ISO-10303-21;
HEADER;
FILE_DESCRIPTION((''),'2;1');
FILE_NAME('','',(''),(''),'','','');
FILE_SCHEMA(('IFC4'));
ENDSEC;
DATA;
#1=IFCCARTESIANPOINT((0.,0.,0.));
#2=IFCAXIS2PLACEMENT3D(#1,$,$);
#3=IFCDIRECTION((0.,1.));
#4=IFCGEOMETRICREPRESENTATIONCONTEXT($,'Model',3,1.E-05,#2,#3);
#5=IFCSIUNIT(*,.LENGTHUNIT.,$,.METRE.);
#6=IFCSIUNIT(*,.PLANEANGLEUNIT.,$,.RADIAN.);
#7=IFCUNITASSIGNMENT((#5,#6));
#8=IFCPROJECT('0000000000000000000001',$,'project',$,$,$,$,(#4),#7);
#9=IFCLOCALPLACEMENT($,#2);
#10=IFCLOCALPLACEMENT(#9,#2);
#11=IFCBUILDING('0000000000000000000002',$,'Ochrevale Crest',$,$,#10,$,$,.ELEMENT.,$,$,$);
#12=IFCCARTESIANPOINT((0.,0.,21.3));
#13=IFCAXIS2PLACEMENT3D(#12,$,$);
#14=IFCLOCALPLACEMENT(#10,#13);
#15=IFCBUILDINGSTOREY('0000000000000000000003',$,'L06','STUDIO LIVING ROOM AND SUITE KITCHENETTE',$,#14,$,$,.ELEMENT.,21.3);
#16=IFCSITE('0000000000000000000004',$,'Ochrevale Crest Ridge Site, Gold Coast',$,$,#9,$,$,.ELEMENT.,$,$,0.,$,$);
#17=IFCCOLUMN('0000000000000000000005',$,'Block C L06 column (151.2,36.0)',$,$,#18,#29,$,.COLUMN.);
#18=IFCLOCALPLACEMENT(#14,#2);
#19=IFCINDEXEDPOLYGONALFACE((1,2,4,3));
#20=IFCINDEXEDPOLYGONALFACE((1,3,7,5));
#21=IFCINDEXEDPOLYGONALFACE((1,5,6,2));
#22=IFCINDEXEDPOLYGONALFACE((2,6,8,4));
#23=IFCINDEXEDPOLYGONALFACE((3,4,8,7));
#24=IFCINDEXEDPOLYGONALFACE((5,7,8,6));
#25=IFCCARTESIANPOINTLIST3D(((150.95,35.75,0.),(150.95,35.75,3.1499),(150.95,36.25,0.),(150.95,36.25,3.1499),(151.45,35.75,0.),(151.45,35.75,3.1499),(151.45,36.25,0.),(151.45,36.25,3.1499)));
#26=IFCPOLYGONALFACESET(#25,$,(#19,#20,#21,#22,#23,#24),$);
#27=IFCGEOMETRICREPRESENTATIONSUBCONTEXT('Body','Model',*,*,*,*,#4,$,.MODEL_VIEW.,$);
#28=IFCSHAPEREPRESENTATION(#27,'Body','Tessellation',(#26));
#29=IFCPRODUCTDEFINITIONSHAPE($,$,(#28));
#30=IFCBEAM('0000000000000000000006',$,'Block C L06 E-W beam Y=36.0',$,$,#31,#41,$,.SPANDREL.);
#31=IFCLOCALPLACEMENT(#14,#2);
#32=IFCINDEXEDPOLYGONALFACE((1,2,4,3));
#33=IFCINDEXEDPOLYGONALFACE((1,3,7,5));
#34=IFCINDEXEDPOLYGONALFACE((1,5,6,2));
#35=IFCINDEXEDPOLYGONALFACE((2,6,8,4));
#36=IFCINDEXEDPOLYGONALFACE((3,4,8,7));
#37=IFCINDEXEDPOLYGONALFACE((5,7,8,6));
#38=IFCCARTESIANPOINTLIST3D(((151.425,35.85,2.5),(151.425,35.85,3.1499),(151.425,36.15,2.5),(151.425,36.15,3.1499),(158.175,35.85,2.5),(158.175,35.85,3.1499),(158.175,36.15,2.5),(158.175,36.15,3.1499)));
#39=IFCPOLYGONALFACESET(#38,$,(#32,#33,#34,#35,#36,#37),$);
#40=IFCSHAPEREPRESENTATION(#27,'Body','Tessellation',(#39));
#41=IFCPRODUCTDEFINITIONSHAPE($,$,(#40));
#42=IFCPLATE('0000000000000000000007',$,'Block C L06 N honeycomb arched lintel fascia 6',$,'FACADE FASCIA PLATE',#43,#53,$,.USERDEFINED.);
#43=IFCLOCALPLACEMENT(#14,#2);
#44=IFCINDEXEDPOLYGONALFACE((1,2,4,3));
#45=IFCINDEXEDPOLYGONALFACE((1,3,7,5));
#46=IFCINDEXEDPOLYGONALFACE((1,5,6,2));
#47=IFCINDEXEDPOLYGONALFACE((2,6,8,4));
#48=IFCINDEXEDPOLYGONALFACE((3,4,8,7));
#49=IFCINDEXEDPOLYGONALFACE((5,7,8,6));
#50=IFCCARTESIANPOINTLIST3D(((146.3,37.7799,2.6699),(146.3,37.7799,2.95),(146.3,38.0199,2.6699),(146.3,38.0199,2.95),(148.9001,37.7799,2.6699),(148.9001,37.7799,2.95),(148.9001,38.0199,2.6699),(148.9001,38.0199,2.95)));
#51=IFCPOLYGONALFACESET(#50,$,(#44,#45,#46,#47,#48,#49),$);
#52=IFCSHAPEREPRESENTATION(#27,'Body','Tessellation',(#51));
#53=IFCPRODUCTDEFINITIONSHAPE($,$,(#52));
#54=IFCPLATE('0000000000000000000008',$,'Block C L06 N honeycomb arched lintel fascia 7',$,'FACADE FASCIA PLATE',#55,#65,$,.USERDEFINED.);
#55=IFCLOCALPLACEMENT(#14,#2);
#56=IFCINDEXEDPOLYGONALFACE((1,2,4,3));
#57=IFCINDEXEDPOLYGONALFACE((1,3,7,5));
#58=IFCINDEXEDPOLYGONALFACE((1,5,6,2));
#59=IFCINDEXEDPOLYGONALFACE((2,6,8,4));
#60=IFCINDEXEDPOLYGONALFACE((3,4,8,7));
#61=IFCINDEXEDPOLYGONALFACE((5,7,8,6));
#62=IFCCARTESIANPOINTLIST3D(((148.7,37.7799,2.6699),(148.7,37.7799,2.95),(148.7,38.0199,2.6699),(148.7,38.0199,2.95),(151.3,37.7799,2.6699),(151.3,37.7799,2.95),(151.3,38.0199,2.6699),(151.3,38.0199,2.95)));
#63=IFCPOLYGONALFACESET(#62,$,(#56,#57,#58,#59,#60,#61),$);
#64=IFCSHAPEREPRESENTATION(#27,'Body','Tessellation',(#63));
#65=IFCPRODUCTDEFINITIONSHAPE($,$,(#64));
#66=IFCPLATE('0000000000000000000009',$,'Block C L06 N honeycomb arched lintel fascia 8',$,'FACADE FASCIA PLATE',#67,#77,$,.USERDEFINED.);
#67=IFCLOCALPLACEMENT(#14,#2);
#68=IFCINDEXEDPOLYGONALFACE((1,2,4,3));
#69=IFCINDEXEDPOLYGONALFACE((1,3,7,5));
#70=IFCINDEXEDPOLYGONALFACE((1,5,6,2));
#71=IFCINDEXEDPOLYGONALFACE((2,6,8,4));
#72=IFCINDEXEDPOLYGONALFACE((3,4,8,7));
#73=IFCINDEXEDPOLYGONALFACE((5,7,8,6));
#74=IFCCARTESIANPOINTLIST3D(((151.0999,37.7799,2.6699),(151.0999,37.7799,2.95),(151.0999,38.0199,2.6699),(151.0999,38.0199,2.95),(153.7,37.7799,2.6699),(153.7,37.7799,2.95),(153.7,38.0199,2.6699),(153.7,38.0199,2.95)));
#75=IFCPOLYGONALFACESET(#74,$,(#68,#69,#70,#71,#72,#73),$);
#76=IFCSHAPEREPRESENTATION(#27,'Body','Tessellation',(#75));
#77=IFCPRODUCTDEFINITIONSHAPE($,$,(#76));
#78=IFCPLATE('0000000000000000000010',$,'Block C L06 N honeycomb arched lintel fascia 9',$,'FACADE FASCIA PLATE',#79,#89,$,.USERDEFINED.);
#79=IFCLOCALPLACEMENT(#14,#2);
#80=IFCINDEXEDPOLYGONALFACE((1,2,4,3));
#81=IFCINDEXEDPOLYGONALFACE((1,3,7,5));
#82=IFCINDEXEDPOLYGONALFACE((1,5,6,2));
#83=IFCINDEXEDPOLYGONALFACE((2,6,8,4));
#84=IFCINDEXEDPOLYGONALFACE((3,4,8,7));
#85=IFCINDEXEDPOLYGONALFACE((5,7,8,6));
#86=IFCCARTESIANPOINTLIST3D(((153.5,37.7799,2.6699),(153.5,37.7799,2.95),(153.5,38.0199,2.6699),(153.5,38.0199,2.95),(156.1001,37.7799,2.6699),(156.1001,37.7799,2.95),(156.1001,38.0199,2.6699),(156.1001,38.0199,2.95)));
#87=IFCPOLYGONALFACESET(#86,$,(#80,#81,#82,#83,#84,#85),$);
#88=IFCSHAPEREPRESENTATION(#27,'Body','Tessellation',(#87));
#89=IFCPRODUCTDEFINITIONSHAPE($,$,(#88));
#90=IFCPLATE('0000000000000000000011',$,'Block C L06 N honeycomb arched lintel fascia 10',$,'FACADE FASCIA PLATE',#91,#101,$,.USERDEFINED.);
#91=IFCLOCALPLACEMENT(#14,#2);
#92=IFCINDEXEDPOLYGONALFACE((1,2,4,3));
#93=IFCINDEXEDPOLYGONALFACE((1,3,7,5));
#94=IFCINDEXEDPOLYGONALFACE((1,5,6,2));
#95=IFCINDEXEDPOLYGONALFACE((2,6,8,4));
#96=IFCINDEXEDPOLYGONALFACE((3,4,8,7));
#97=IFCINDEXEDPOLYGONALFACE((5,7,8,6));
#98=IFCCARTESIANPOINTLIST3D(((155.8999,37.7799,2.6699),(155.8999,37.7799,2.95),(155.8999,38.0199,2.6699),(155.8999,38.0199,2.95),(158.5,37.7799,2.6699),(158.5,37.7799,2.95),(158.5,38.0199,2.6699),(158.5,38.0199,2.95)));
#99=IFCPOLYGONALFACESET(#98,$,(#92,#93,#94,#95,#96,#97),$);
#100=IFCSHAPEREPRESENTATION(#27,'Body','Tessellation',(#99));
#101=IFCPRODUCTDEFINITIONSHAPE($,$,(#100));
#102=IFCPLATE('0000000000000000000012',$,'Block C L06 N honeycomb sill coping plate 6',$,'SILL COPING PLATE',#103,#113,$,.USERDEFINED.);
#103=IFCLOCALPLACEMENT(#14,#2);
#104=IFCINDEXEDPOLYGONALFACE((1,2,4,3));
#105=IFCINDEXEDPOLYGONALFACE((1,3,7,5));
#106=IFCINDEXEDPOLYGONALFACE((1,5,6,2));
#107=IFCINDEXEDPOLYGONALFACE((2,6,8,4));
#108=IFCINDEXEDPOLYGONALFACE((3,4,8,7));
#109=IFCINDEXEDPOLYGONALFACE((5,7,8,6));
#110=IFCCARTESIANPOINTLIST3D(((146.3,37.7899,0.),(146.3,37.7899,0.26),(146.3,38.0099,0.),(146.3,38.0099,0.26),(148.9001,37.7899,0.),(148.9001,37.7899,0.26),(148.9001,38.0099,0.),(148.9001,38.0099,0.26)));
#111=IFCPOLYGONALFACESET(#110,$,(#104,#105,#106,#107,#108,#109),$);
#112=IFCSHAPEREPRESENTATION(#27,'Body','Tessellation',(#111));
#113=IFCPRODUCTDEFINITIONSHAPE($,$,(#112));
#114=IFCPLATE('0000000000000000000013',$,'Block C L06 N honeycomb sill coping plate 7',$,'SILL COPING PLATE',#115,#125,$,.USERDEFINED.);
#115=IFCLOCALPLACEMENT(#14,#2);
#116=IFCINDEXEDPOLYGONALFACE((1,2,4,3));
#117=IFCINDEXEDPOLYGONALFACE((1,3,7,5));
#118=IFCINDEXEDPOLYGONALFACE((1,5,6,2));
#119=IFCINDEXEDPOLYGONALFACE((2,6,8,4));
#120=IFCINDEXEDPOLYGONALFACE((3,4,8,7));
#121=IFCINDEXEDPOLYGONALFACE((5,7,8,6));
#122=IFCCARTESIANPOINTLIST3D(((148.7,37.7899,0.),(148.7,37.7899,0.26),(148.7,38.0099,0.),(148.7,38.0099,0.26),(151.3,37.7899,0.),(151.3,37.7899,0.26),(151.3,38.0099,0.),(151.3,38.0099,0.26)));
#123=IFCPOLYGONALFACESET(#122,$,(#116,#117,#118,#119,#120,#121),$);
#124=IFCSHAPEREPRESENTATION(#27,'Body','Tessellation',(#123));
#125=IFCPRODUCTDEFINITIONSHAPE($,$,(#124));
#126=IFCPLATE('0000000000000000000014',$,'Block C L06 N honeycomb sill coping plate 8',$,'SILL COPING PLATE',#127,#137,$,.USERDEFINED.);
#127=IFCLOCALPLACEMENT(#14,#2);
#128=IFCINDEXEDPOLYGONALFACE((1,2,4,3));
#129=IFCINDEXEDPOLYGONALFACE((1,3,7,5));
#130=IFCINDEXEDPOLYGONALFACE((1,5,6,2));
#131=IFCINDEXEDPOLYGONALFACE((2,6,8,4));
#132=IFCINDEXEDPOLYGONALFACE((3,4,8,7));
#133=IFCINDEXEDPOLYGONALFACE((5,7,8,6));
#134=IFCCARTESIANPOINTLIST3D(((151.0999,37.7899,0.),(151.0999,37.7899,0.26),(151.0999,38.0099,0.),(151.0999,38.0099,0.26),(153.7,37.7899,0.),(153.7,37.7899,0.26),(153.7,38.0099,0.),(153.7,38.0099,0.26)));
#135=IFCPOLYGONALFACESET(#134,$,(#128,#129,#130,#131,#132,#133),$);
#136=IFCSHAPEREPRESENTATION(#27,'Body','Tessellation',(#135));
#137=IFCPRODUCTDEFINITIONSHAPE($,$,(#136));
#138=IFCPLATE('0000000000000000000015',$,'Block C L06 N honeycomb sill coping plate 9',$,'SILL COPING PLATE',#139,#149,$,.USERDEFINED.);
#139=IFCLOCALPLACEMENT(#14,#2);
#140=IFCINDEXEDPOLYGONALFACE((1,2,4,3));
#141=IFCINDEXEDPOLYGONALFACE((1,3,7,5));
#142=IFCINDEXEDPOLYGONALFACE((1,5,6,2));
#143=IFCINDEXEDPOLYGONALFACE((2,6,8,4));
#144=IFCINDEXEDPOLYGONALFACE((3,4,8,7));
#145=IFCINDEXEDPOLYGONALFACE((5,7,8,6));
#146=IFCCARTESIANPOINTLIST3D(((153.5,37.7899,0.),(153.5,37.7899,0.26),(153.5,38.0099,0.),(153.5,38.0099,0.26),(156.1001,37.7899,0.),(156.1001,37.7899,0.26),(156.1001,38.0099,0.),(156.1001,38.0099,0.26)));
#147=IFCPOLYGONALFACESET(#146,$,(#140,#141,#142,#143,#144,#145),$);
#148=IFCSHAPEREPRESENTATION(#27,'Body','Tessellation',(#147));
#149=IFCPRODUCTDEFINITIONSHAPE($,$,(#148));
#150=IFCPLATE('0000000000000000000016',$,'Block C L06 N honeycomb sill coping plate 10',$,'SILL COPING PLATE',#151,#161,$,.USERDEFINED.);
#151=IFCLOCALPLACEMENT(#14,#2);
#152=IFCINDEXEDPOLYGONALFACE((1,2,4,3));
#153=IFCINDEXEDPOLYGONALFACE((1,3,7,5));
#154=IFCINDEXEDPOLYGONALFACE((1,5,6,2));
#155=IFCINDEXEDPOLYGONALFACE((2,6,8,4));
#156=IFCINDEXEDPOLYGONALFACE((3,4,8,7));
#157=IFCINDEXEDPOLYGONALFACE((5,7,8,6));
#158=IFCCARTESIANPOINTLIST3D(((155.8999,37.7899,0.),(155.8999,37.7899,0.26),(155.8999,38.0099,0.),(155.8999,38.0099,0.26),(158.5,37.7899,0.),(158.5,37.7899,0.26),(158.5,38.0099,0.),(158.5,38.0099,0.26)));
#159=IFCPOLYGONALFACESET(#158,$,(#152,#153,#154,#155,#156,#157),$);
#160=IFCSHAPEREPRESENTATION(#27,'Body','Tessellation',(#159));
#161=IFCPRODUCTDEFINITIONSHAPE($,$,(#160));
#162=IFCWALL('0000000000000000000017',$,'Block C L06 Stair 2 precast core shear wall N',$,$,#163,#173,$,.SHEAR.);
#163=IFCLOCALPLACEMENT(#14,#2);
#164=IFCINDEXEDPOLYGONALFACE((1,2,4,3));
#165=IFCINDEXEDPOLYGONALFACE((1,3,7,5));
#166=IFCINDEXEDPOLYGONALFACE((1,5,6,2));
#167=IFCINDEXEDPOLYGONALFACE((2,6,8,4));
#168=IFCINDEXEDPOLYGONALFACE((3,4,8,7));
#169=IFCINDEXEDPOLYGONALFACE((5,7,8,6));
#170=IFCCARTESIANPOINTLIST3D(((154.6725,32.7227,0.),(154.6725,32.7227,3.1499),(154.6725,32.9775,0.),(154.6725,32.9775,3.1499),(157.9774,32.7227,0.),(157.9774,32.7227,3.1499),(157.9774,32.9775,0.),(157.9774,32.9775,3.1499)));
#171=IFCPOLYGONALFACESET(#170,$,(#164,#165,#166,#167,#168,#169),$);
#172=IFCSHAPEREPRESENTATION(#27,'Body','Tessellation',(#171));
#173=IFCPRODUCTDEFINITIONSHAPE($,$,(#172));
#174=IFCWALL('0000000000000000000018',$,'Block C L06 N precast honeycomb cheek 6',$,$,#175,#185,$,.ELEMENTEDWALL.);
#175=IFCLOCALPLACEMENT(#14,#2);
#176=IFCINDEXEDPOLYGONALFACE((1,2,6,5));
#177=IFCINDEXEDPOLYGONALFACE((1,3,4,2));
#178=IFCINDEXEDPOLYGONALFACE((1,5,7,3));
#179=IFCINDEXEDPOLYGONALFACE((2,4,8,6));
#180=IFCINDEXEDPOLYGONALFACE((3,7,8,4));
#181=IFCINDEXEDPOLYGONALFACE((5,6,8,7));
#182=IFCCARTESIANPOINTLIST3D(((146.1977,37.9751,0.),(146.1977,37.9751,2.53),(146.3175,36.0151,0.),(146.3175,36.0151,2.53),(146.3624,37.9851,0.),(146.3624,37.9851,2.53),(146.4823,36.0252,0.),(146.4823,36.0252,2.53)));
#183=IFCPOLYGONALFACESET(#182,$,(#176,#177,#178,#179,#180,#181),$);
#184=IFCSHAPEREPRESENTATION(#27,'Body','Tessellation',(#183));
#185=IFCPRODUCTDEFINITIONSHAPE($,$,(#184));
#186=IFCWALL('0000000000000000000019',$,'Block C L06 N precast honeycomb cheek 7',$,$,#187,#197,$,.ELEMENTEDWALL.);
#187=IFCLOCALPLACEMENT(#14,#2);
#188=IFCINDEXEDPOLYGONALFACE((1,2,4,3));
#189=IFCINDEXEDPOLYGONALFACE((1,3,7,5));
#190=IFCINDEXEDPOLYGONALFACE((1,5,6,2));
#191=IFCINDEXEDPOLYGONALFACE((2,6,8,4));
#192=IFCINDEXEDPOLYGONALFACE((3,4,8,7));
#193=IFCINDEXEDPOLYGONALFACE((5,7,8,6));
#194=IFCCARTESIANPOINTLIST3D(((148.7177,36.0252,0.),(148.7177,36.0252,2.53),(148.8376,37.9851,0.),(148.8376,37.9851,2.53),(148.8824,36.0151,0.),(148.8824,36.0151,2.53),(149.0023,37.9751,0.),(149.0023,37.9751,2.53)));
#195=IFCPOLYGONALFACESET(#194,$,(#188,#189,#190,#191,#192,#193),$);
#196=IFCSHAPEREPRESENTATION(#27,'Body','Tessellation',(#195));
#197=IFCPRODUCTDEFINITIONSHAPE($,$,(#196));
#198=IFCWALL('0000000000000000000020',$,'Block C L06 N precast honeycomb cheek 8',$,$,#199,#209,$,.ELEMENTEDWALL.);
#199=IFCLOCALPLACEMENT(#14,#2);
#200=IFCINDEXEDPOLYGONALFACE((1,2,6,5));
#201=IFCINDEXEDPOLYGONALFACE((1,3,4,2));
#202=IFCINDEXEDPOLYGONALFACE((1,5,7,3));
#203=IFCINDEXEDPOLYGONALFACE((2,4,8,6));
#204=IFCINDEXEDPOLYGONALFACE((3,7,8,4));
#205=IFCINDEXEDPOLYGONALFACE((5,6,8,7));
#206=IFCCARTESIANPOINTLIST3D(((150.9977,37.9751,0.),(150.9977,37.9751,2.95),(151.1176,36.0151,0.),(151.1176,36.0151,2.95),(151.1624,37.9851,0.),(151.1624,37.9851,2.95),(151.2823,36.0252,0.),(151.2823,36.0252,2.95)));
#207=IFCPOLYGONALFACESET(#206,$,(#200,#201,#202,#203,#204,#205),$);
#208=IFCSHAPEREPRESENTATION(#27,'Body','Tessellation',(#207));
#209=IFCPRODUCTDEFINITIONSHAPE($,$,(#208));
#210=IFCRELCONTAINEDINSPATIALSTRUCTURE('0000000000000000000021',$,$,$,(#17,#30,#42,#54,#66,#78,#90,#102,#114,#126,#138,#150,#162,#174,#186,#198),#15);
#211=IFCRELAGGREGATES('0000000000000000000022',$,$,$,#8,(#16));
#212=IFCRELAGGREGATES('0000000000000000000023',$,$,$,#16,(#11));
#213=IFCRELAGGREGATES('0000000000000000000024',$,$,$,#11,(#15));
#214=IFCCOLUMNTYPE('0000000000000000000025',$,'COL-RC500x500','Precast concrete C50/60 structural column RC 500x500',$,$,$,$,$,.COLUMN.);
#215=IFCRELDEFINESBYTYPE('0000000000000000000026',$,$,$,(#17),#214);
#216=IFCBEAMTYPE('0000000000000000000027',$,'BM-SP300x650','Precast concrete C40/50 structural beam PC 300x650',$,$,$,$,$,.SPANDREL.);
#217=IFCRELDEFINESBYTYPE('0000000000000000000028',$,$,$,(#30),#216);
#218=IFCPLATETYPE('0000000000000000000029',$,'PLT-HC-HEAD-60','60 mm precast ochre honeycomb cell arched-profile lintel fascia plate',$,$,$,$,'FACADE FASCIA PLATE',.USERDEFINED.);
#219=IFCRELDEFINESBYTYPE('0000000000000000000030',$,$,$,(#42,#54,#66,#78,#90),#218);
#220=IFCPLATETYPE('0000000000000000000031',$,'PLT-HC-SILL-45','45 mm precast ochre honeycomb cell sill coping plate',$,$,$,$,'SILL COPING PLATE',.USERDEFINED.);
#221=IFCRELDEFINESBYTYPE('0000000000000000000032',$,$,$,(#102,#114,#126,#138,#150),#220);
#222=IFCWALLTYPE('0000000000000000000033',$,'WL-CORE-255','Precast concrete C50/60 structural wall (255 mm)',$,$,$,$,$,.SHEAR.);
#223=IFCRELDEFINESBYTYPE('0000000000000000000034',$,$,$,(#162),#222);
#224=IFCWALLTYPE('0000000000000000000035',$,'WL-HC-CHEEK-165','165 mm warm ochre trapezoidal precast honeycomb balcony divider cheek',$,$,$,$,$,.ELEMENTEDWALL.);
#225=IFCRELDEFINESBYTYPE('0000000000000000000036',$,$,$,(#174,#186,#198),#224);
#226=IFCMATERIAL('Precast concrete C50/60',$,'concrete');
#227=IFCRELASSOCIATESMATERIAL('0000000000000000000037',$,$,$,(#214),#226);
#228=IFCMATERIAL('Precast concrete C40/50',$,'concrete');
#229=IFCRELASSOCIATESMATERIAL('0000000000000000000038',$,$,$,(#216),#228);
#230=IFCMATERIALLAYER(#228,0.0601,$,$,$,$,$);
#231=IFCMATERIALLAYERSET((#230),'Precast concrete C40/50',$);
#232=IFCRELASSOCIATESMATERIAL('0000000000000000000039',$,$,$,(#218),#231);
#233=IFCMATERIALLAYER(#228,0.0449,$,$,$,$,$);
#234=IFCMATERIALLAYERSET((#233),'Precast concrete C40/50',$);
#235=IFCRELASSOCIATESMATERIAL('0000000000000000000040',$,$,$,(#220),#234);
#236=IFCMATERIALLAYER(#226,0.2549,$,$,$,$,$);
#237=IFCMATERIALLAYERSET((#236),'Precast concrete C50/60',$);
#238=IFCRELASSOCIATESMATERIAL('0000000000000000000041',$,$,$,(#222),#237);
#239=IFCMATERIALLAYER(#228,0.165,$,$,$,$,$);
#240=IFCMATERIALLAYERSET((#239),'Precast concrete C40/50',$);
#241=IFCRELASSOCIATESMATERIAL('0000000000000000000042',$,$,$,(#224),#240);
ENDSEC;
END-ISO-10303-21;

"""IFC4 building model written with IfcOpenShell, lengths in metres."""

from ifc_helpers import new_model, si_unit, direction, frame, frame_2d, origin, origin_2d, place, context, subcontext, project, spatial, rectangle, extrude, material, layer, layer_set, material_profile, profile_set, type_object, element, save


model = new_model("IFC4")

# Units and contexts
model_context = context("Model", 3, precision=1e-05, world=origin(), true_north=direction((0.0, 1.0)))
body_context = subcontext(model_context, "Body", "Model", "MODEL_VIEW")
ifc_project = project(units=[si_unit("LENGTHUNIT", "METRE"), si_unit("PLANEANGLEUNIT", "RADIAN")], contexts=[model_context])

# Site, building, storey
site_placement = place(None, origin())
site = spatial("IfcSite", under=ifc_project, at=site_placement, Name="Ochrevale Crest Ridge Site, Gold Coast", CompositionType="ELEMENT", RefElevation=0.0)
building_placement = place(site_placement, origin())
building = spatial("IfcBuilding", under=site, at=building_placement, Name="Ochrevale Crest", CompositionType="ELEMENT")
storey_placement = place(building_placement, frame((0.0, 0.0, 21.3)))
storey = spatial("IfcBuildingStorey", under=building, at=storey_placement, Name="L06", Description="STUDIO LIVING ROOM AND SUITE KITCHENETTE", CompositionType="ELEMENT", Elevation=21.3)

# Column
ifc_material_1 = material(Name="Precast concrete C50/60", Category="concrete")
ifc_material_profile_1 = material_profile(ifc_material_1, rectangle(XDim=0.5, YDim=0.5, at=origin_2d()), Name="RC 500x500")
ifc_profile_set_1 = profile_set([ifc_material_profile_1], Name="Precast concrete C50/60")
column_type = type_object("IfcColumnType", Name="COL-RC500x500", Description="Precast concrete C50/60 structural column RC 500x500", PredefinedType="COLUMN", material=ifc_profile_set_1)
column_placement = place(storey_placement, frame((151.2, 36.0, 0.0), z_axis=(0.0, 0.0, 1.0), x_axis=(1.0, 0.0, 0.0)))
element("IfcColumn", 1, at=column_placement, inside=storey, type_object=column_type, Name="Block C L06 column (151.2,36.0)", PredefinedType="COLUMN", context=body_context, shape_type="SweptSolid", body=[
    extrude(rectangle(XDim=0.5, YDim=0.5, at=origin_2d()), origin(), (0.0, 0.0, 1.0), 3.1499),
])

# Beam
ifc_material_2 = material(Name="Precast concrete C40/50", Category="concrete")
ifc_material_profile_2 = material_profile(ifc_material_2, rectangle(XDim=0.3, YDim=0.6499, at=origin_2d()), Name="PC 300x650")
ifc_profile_set_2 = profile_set([ifc_material_profile_2], Name="Precast concrete C40/50")
beam_type = type_object("IfcBeamType", Name="BM-SP300x650", Description="Precast concrete C40/50 structural beam PC 300x650", PredefinedType="SPANDREL", material=ifc_profile_set_2)
beam_placement = place(storey_placement, frame((151.425, 36.0, 2.825), z_axis=(1.0, 0.0, 0.0), x_axis=(0.0, 1.0, 0.0)))
element("IfcBeam", 2, at=beam_placement, inside=storey, type_object=beam_type, Name="Block C L06 E-W beam Y=36.0", PredefinedType="SPANDREL", context=body_context, shape_type="SweptSolid", body=[
    extrude(rectangle(XDim=0.3, YDim=0.6499, at=origin_2d()), origin(), (0.0, 0.0, 1.0), 6.75),
])

# Plates
ifc_layer_1 = layer(ifc_material_2, 0.0601)
ifc_layer_set_1 = layer_set([ifc_layer_1], Name="Precast concrete C40/50")
plate_type_1 = type_object("IfcPlateType", Name="PLT-HC-HEAD-60", Description="60 mm precast ochre honeycomb cell arched-profile lintel fascia plate", ElementType="FACADE FASCIA PLATE", PredefinedType="USERDEFINED", material=ifc_layer_set_1)
for number, where, z_axis, x_axis, name in (
    (3, (147.6001, 37.8999, 2.6699), (0.0, 0.0, 1.0), (1.0, 0.0, 0.0), "Block C L06 N honeycomb arched lintel fascia 6"),
    (4, (150.0, 37.8999, 2.6699), (0.0, 0.0, 1.0), (1.0, 0.0, 0.0), "Block C L06 N honeycomb arched lintel fascia 7"),
    (5, (152.3999, 37.8999, 2.6699), (0.0, 0.0, 1.0), (1.0, 0.0, 0.0), "Block C L06 N honeycomb arched lintel fascia 8"),
    (6, (154.8, 37.8999, 2.6699), (0.0, 0.0, 1.0), (1.0, 0.0, 0.0), "Block C L06 N honeycomb arched lintel fascia 9"),
    (7, (157.2, 37.8999, 2.6699), (0.0, 0.0, 1.0), (1.0, 0.0, 0.0), "Block C L06 N honeycomb arched lintel fascia 10"),
):
    element("IfcPlate", number, at=place(storey_placement, frame(where, z_axis=z_axis, x_axis=x_axis)), inside=storey, type_object=plate_type_1, Name=name, ObjectType="FACADE FASCIA PLATE", PredefinedType="USERDEFINED", context=body_context, shape_type="SweptSolid", body=[
        extrude(rectangle(XDim=2.6001, YDim=0.24, at=origin_2d()), origin(), (0.0, 0.0, 1.0), 0.28),
    ])
ifc_layer_2 = layer(ifc_material_2, 0.0449)
ifc_layer_set_2 = layer_set([ifc_layer_2], Name="Precast concrete C40/50")
plate_type_2 = type_object("IfcPlateType", Name="PLT-HC-SILL-45", Description="45 mm precast ochre honeycomb cell sill coping plate", ElementType="SILL COPING PLATE", PredefinedType="USERDEFINED", material=ifc_layer_set_2)
for number, where, z_axis, x_axis, name in (
    (8, (147.6001, 37.8999, 0.0), (0.0, 0.0, 1.0), (1.0, 0.0, 0.0), "Block C L06 N honeycomb sill coping plate 6"),
    (9, (150.0, 37.8999, 0.0), (0.0, 0.0, 1.0), (1.0, 0.0, 0.0), "Block C L06 N honeycomb sill coping plate 7"),
    (10, (152.3999, 37.8999, 0.0), (0.0, 0.0, 1.0), (1.0, 0.0, 0.0), "Block C L06 N honeycomb sill coping plate 8"),
    (11, (154.8, 37.8999, 0.0), (0.0, 0.0, 1.0), (1.0, 0.0, 0.0), "Block C L06 N honeycomb sill coping plate 9"),
    (12, (157.2, 37.8999, 0.0), (0.0, 0.0, 1.0), (1.0, 0.0, 0.0), "Block C L06 N honeycomb sill coping plate 10"),
):
    element("IfcPlate", number, at=place(storey_placement, frame(where, z_axis=z_axis, x_axis=x_axis)), inside=storey, type_object=plate_type_2, Name=name, ObjectType="SILL COPING PLATE", PredefinedType="USERDEFINED", context=body_context, shape_type="SweptSolid", body=[
        extrude(rectangle(XDim=2.6001, YDim=0.22, at=origin_2d()), origin(), (0.0, 0.0, 1.0), 0.26),
    ])

# Walls
ifc_layer_3 = layer(ifc_material_1, 0.2549)
ifc_layer_set_3 = layer_set([ifc_layer_3], Name="Precast concrete C50/60")
wall_type_1 = type_object("IfcWallType", Name="WL-CORE-255", Description="Precast concrete C50/60 structural wall (255 mm)", PredefinedType="SHEAR", material=ifc_layer_set_3)
wall_1_placement = place(storey_placement, frame((154.6726, 32.8501, 0.0), z_axis=(0.0, 0.0, 1.0), x_axis=(1.0, 0.0, 0.0)))
element("IfcWall", 13, at=wall_1_placement, inside=storey, type_object=wall_type_1, Name="Block C L06 Stair 2 precast core shear wall N", PredefinedType="SHEAR", context=body_context, shape_type="SweptSolid", body=[
    extrude(rectangle(XDim=3.3049, YDim=0.2549, at=frame_2d((1.6523, 0.0))), origin(), (0.0, 0.0, 1.0), 3.1499),
])
ifc_layer_4 = layer(ifc_material_2, 0.165)
ifc_layer_set_4 = layer_set([ifc_layer_4], Name="Precast concrete C40/50")
wall_type_2 = type_object("IfcWallType", Name="WL-HC-CHEEK-165", Description="165 mm warm ochre trapezoidal precast honeycomb balcony divider cheek", PredefinedType="ELEMENTEDWALL", material=ifc_layer_set_4)
for number, where, z_axis, x_axis, name in (
    (14, (146.3999, 36.02, 0.0), (0.0, 0.0, 1.0), (-0.061047, 0.998135, 0.0), "Block C L06 N precast honeycomb cheek 6"),
    (15, (148.8, 36.02, 0.0), (0.0, 0.0, 1.0), (0.061047, 0.998135, 0.0), "Block C L06 N precast honeycomb cheek 7"),
):
    element("IfcWall", number, at=place(storey_placement, frame(where, z_axis=z_axis, x_axis=x_axis)), inside=storey, type_object=wall_type_2, Name=name, PredefinedType="ELEMENTEDWALL", context=body_context, shape_type="SweptSolid", body=[
        extrude(rectangle(XDim=1.9636, YDim=0.165, at=frame_2d((0.9819, 0.0))), origin(), (0.0, 0.0, 1.0), 2.53),
    ])
wall_2_placement = place(storey_placement, frame((151.2, 36.02, 0.0), z_axis=(0.0, 0.0, 1.0), x_axis=(-0.061047, 0.998135, 0.0)))
element("IfcWall", 16, at=wall_2_placement, inside=storey, type_object=wall_type_2, Name="Block C L06 N precast honeycomb cheek 8", PredefinedType="ELEMENTEDWALL", context=body_context, shape_type="SweptSolid", body=[
    extrude(rectangle(XDim=1.9636, YDim=0.165, at=frame_2d((0.9819, 0.0))), origin(), (0.0, 0.0, 1.0), 2.95),
])

save(model, "model.ifc")
